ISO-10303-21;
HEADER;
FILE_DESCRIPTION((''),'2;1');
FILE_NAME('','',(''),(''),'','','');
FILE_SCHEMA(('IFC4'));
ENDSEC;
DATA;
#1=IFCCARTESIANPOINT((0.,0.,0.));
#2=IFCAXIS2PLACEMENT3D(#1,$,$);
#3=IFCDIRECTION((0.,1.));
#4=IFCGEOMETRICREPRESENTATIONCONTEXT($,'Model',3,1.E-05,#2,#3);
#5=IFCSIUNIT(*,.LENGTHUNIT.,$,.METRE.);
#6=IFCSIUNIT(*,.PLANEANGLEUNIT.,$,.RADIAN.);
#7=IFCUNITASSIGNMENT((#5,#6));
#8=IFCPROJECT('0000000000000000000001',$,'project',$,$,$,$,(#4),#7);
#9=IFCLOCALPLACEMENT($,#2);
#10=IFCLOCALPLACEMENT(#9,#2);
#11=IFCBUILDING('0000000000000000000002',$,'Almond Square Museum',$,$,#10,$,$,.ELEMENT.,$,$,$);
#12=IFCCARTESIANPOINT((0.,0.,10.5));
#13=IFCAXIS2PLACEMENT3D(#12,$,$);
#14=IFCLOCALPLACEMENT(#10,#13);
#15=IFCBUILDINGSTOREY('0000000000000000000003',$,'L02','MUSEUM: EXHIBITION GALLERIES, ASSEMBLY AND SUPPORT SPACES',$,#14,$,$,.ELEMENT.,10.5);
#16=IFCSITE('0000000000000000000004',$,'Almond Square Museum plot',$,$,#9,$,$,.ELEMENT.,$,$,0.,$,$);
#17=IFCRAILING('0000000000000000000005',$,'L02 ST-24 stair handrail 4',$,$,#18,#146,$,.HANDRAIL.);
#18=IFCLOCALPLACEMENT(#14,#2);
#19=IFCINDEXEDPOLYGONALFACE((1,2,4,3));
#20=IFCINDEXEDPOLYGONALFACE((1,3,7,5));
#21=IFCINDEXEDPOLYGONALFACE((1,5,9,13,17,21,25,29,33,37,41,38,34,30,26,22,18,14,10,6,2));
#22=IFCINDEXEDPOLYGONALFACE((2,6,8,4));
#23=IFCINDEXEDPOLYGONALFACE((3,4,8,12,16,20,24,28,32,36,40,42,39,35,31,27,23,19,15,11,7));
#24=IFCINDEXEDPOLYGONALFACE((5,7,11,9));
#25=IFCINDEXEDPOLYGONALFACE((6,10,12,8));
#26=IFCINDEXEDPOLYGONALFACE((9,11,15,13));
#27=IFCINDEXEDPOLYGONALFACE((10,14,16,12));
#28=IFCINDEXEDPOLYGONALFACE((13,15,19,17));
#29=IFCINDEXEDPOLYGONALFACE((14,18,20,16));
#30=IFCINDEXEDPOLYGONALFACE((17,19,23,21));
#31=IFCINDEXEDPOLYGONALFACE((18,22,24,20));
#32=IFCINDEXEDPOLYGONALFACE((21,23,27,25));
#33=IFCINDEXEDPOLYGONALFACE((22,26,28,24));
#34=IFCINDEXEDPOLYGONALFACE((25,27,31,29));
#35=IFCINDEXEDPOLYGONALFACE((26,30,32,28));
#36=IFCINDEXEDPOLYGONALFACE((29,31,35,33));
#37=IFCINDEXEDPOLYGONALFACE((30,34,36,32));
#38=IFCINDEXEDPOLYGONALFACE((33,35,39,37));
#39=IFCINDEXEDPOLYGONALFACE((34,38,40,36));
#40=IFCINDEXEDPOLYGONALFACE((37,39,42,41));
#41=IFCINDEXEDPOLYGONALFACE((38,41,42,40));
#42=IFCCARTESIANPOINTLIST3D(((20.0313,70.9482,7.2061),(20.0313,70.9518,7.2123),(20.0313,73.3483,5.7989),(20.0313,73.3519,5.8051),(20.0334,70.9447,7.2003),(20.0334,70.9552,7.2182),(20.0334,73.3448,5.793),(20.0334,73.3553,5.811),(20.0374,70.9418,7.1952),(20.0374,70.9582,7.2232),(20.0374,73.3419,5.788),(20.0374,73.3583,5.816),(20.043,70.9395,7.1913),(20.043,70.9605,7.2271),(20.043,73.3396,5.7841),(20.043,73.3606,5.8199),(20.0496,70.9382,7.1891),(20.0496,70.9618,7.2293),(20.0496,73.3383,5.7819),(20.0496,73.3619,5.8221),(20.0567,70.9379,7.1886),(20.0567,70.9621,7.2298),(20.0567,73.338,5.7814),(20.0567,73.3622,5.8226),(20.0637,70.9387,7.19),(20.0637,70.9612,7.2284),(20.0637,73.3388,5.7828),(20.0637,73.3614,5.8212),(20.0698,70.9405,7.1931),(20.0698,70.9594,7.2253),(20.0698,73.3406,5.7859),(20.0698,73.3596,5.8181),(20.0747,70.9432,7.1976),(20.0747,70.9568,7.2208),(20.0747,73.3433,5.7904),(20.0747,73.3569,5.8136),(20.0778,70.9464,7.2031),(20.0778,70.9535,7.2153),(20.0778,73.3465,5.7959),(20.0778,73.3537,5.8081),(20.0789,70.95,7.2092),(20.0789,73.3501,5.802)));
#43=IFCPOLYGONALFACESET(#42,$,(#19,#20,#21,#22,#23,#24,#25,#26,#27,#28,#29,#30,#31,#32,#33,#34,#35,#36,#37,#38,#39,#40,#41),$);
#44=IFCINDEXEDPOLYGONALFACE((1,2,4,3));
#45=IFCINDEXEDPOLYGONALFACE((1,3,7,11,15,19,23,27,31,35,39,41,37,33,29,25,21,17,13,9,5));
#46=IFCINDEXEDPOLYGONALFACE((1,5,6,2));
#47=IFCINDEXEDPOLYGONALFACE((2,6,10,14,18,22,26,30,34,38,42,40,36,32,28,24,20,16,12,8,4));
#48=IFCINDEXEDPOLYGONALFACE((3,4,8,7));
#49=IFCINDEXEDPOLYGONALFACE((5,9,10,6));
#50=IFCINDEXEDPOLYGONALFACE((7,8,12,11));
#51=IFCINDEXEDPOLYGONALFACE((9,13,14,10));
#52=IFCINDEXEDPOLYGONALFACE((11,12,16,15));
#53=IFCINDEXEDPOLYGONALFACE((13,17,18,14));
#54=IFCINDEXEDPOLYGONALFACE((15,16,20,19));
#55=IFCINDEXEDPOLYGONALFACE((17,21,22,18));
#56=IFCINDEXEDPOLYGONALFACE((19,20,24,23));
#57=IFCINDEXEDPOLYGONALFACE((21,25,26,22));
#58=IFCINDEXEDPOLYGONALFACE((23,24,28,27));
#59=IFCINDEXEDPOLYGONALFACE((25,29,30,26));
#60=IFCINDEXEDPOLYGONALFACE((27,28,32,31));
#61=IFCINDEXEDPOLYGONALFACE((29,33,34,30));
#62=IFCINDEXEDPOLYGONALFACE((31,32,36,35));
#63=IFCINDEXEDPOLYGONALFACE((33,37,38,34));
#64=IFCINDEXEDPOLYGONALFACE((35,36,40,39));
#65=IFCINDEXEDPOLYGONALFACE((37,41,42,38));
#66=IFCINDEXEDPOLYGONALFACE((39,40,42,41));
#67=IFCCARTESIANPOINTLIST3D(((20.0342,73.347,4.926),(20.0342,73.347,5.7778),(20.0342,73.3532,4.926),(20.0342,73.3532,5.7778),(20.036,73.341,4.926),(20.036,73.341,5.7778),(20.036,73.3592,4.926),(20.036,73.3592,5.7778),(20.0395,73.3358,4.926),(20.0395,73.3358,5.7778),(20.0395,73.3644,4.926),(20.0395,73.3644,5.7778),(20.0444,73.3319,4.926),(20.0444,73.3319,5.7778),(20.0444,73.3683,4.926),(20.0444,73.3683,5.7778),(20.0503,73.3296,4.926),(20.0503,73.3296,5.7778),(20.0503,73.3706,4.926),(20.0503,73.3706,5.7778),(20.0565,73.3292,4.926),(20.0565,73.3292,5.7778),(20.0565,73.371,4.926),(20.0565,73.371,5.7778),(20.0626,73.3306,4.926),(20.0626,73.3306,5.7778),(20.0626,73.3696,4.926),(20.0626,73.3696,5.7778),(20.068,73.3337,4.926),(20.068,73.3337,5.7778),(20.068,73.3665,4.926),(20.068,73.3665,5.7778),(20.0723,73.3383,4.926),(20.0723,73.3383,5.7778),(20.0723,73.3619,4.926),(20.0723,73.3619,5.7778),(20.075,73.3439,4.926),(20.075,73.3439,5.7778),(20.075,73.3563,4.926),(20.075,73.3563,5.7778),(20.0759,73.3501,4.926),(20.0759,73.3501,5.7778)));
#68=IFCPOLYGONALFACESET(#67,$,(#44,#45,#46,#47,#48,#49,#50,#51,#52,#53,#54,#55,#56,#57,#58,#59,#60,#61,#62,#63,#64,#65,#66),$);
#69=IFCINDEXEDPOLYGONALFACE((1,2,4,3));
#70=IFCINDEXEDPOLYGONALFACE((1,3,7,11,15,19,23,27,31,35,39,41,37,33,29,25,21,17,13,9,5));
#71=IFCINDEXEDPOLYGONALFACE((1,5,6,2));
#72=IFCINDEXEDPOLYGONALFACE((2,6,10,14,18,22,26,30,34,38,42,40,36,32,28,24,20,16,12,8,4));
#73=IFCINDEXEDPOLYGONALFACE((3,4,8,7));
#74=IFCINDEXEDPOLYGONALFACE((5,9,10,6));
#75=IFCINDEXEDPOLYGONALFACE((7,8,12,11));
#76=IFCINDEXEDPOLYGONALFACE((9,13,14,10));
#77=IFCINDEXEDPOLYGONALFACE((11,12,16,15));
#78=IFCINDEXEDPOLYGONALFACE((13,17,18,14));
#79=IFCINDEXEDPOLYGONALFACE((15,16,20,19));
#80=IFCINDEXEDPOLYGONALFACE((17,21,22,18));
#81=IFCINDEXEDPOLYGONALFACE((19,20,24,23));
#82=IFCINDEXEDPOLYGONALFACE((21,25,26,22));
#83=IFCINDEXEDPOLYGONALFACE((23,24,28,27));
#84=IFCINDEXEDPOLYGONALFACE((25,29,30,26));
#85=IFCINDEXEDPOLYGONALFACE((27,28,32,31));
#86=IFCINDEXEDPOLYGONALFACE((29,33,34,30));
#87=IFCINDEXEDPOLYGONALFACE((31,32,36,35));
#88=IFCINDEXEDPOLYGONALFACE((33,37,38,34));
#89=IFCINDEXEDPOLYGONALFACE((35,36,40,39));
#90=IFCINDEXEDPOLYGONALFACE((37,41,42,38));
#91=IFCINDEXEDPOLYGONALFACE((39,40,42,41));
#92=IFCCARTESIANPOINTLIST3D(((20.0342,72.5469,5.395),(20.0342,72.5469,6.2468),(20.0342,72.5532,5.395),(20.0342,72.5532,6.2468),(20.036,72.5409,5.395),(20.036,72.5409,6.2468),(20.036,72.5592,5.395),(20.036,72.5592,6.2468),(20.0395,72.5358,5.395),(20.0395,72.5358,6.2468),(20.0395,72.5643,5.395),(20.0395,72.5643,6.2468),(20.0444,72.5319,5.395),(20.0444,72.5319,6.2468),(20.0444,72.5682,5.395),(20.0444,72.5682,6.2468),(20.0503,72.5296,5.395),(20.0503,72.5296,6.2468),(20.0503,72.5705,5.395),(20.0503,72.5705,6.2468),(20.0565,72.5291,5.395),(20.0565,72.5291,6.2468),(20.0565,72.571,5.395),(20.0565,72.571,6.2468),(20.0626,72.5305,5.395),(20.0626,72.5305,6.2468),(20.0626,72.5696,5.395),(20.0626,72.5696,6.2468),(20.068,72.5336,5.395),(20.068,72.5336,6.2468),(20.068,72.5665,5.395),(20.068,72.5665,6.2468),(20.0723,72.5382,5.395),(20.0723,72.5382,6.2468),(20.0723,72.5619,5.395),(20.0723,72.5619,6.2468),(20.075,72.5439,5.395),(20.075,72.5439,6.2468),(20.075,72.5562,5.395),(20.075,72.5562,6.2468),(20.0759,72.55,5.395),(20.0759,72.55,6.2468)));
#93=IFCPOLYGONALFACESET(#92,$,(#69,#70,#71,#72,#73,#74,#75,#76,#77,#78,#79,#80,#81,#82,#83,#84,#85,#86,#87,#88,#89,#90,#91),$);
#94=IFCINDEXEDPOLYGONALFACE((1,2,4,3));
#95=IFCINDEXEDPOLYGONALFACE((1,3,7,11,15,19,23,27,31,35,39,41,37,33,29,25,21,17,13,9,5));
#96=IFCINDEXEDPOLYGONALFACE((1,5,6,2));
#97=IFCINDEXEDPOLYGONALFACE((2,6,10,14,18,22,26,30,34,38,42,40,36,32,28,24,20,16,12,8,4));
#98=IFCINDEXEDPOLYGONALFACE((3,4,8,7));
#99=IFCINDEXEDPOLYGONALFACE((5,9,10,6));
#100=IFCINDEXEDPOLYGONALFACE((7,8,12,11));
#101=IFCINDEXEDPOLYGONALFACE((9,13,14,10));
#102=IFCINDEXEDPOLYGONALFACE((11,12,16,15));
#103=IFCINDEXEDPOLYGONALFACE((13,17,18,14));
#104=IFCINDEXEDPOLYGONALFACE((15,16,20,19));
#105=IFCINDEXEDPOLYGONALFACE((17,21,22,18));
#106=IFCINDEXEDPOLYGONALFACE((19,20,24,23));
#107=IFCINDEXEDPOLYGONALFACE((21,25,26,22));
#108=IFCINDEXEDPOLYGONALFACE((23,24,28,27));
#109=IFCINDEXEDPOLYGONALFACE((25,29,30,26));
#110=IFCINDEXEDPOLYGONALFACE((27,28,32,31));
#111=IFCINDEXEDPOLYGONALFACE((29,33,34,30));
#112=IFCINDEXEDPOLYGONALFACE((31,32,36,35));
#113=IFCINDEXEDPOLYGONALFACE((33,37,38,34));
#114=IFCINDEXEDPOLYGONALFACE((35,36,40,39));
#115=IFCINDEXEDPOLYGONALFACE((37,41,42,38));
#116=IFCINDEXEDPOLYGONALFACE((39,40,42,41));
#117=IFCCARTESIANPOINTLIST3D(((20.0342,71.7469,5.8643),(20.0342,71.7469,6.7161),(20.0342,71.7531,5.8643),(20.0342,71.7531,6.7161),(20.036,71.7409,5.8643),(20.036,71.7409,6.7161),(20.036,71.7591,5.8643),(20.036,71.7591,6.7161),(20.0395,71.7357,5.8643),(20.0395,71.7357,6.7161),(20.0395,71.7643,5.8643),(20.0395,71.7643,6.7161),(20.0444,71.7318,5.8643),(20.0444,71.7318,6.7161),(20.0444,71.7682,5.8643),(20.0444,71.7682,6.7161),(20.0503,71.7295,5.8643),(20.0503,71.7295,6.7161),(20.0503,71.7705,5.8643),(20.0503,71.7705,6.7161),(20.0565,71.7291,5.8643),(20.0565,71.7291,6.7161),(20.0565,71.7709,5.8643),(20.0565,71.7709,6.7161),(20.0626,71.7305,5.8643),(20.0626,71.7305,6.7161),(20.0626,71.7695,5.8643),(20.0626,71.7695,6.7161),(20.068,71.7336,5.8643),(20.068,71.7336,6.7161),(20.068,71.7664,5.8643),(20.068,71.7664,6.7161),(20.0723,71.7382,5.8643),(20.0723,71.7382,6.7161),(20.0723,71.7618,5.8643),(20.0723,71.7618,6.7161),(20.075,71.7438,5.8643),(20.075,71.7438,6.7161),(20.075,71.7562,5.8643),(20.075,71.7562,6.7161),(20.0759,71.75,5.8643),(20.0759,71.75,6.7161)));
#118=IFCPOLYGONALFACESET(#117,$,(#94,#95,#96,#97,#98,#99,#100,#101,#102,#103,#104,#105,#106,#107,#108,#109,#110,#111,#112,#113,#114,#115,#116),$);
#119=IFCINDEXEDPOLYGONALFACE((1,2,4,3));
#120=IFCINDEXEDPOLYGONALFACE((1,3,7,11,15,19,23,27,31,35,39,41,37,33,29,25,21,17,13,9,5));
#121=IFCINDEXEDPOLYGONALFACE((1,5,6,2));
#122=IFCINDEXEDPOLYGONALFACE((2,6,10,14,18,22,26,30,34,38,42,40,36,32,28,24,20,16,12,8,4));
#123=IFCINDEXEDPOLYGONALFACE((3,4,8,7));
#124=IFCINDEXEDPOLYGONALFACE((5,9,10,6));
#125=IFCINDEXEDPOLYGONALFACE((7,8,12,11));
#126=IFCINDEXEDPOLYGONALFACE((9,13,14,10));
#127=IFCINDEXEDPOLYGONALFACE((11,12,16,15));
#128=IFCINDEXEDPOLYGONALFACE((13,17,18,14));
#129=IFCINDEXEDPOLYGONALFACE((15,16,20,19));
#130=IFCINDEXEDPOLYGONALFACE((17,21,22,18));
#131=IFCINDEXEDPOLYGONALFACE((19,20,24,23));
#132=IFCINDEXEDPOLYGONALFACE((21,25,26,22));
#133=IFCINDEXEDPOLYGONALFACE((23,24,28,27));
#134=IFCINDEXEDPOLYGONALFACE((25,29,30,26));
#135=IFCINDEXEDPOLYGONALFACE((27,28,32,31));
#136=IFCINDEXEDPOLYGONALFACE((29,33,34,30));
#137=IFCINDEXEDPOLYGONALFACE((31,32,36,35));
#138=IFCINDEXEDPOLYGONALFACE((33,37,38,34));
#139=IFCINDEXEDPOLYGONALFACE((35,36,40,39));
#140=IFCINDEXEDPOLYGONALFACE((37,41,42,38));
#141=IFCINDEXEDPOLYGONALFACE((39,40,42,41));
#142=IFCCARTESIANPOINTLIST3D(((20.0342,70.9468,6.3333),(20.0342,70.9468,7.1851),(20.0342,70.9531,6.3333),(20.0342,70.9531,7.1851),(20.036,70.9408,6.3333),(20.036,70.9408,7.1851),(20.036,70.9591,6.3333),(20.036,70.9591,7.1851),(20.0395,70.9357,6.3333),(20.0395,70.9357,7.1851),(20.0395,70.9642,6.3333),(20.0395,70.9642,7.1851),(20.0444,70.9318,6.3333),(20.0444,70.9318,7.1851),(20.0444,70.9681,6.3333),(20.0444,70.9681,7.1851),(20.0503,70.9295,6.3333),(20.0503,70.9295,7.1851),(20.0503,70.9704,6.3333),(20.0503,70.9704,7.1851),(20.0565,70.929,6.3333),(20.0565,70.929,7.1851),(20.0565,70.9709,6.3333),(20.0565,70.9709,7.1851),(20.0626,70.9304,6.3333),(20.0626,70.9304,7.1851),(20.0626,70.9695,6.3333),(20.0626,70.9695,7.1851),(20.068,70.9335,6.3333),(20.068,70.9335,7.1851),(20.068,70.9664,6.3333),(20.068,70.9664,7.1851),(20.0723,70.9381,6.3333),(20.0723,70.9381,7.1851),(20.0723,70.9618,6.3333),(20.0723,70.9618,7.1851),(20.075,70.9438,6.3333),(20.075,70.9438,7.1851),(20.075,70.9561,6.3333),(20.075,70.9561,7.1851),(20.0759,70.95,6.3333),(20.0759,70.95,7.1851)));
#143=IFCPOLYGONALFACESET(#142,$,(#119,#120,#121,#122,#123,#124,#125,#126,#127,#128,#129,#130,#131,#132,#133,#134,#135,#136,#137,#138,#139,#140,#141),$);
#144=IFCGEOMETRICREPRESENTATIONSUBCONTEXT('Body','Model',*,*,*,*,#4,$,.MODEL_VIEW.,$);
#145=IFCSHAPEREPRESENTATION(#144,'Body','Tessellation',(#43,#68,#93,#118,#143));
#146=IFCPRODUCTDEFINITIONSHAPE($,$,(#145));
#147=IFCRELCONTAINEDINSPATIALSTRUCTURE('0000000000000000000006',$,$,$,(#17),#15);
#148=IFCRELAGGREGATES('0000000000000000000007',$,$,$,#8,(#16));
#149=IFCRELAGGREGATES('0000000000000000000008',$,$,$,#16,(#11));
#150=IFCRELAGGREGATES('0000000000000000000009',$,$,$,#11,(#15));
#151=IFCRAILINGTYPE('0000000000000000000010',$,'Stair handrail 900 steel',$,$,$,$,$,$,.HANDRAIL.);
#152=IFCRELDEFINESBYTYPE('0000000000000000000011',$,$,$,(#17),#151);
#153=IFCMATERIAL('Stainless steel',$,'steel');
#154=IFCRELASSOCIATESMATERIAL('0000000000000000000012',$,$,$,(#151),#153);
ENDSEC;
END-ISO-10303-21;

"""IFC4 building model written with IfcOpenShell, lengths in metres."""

from ifc_helpers import new_model, si_unit, direction, frame, origin, origin_2d, place, context, subcontext, project, spatial, circle, extrude, material, type_object, element, save


model = new_model("IFC4")

# Units and contexts
model_context = context("Model", 3, precision=1e-05, world=origin(), true_north=direction((0.0, 1.0)))
body_context = subcontext(model_context, "Body", "Model", "MODEL_VIEW")
ifc_project = project(units=[si_unit("LENGTHUNIT", "METRE"), si_unit("PLANEANGLEUNIT", "RADIAN")], contexts=[model_context])

# Site, building, storey
site_placement = place(None, origin())
site = spatial("IfcSite", under=ifc_project, at=site_placement, Name="Almond Square Museum plot", CompositionType="ELEMENT", RefElevation=0.0)
building_placement = place(site_placement, origin())
building = spatial("IfcBuilding", under=site, at=building_placement, Name="Almond Square Museum", CompositionType="ELEMENT")
storey_placement = place(building_placement, frame((0.0, 0.0, 10.5)))
storey = spatial("IfcBuildingStorey", under=building, at=storey_placement, Name="L02", Description="MUSEUM: EXHIBITION GALLERIES, ASSEMBLY AND SUPPORT SPACES", CompositionType="ELEMENT", Elevation=10.5)

# Railing
ifc_material_1 = material(Name="Stainless steel", Category="steel")
railing_type_1 = type_object("IfcRailingType", Name="Stair handrail 900 steel", PredefinedType="HANDRAIL", material=ifc_material_1)
railing_1_placement = place(storey_placement, frame((20.0549, 73.3501, 4.926)))
element("IfcRailing", 1, at=railing_1_placement, inside=storey, type_object=railing_type_1, Name="L02 ST-24 stair handrail 4", PredefinedType="HANDRAIL", context=body_context, shape_type="SweptSolid", body=[
    extrude(circle(Radius=0.0239, at=origin_2d()), frame((0.0, 0.0, 0.876), z_axis=(0.0, -0.86266, 0.505785), x_axis=(1.0, 0.0, 0.0)), (0.0, 0.0, 1.0), 2.7822),
    extrude(circle(Radius=0.021, at=origin_2d()), origin(), (0.0, 0.0, 1.0), 0.8518),
    extrude(circle(Radius=0.021, at=origin_2d()), frame((0.0, -0.8, 0.469)), (0.0, 0.0, 1.0), 0.8518),
    extrude(circle(Radius=0.021, at=origin_2d()), frame((0.0, -1.6001, 0.9382)), (0.0, 0.0, 1.0), 0.8518),
    extrude(circle(Radius=0.021, at=origin_2d()), frame((0.0, -2.4001, 1.4072)), (0.0, 0.0, 1.0), 0.8518),
])

save(model, "model.ifc")
